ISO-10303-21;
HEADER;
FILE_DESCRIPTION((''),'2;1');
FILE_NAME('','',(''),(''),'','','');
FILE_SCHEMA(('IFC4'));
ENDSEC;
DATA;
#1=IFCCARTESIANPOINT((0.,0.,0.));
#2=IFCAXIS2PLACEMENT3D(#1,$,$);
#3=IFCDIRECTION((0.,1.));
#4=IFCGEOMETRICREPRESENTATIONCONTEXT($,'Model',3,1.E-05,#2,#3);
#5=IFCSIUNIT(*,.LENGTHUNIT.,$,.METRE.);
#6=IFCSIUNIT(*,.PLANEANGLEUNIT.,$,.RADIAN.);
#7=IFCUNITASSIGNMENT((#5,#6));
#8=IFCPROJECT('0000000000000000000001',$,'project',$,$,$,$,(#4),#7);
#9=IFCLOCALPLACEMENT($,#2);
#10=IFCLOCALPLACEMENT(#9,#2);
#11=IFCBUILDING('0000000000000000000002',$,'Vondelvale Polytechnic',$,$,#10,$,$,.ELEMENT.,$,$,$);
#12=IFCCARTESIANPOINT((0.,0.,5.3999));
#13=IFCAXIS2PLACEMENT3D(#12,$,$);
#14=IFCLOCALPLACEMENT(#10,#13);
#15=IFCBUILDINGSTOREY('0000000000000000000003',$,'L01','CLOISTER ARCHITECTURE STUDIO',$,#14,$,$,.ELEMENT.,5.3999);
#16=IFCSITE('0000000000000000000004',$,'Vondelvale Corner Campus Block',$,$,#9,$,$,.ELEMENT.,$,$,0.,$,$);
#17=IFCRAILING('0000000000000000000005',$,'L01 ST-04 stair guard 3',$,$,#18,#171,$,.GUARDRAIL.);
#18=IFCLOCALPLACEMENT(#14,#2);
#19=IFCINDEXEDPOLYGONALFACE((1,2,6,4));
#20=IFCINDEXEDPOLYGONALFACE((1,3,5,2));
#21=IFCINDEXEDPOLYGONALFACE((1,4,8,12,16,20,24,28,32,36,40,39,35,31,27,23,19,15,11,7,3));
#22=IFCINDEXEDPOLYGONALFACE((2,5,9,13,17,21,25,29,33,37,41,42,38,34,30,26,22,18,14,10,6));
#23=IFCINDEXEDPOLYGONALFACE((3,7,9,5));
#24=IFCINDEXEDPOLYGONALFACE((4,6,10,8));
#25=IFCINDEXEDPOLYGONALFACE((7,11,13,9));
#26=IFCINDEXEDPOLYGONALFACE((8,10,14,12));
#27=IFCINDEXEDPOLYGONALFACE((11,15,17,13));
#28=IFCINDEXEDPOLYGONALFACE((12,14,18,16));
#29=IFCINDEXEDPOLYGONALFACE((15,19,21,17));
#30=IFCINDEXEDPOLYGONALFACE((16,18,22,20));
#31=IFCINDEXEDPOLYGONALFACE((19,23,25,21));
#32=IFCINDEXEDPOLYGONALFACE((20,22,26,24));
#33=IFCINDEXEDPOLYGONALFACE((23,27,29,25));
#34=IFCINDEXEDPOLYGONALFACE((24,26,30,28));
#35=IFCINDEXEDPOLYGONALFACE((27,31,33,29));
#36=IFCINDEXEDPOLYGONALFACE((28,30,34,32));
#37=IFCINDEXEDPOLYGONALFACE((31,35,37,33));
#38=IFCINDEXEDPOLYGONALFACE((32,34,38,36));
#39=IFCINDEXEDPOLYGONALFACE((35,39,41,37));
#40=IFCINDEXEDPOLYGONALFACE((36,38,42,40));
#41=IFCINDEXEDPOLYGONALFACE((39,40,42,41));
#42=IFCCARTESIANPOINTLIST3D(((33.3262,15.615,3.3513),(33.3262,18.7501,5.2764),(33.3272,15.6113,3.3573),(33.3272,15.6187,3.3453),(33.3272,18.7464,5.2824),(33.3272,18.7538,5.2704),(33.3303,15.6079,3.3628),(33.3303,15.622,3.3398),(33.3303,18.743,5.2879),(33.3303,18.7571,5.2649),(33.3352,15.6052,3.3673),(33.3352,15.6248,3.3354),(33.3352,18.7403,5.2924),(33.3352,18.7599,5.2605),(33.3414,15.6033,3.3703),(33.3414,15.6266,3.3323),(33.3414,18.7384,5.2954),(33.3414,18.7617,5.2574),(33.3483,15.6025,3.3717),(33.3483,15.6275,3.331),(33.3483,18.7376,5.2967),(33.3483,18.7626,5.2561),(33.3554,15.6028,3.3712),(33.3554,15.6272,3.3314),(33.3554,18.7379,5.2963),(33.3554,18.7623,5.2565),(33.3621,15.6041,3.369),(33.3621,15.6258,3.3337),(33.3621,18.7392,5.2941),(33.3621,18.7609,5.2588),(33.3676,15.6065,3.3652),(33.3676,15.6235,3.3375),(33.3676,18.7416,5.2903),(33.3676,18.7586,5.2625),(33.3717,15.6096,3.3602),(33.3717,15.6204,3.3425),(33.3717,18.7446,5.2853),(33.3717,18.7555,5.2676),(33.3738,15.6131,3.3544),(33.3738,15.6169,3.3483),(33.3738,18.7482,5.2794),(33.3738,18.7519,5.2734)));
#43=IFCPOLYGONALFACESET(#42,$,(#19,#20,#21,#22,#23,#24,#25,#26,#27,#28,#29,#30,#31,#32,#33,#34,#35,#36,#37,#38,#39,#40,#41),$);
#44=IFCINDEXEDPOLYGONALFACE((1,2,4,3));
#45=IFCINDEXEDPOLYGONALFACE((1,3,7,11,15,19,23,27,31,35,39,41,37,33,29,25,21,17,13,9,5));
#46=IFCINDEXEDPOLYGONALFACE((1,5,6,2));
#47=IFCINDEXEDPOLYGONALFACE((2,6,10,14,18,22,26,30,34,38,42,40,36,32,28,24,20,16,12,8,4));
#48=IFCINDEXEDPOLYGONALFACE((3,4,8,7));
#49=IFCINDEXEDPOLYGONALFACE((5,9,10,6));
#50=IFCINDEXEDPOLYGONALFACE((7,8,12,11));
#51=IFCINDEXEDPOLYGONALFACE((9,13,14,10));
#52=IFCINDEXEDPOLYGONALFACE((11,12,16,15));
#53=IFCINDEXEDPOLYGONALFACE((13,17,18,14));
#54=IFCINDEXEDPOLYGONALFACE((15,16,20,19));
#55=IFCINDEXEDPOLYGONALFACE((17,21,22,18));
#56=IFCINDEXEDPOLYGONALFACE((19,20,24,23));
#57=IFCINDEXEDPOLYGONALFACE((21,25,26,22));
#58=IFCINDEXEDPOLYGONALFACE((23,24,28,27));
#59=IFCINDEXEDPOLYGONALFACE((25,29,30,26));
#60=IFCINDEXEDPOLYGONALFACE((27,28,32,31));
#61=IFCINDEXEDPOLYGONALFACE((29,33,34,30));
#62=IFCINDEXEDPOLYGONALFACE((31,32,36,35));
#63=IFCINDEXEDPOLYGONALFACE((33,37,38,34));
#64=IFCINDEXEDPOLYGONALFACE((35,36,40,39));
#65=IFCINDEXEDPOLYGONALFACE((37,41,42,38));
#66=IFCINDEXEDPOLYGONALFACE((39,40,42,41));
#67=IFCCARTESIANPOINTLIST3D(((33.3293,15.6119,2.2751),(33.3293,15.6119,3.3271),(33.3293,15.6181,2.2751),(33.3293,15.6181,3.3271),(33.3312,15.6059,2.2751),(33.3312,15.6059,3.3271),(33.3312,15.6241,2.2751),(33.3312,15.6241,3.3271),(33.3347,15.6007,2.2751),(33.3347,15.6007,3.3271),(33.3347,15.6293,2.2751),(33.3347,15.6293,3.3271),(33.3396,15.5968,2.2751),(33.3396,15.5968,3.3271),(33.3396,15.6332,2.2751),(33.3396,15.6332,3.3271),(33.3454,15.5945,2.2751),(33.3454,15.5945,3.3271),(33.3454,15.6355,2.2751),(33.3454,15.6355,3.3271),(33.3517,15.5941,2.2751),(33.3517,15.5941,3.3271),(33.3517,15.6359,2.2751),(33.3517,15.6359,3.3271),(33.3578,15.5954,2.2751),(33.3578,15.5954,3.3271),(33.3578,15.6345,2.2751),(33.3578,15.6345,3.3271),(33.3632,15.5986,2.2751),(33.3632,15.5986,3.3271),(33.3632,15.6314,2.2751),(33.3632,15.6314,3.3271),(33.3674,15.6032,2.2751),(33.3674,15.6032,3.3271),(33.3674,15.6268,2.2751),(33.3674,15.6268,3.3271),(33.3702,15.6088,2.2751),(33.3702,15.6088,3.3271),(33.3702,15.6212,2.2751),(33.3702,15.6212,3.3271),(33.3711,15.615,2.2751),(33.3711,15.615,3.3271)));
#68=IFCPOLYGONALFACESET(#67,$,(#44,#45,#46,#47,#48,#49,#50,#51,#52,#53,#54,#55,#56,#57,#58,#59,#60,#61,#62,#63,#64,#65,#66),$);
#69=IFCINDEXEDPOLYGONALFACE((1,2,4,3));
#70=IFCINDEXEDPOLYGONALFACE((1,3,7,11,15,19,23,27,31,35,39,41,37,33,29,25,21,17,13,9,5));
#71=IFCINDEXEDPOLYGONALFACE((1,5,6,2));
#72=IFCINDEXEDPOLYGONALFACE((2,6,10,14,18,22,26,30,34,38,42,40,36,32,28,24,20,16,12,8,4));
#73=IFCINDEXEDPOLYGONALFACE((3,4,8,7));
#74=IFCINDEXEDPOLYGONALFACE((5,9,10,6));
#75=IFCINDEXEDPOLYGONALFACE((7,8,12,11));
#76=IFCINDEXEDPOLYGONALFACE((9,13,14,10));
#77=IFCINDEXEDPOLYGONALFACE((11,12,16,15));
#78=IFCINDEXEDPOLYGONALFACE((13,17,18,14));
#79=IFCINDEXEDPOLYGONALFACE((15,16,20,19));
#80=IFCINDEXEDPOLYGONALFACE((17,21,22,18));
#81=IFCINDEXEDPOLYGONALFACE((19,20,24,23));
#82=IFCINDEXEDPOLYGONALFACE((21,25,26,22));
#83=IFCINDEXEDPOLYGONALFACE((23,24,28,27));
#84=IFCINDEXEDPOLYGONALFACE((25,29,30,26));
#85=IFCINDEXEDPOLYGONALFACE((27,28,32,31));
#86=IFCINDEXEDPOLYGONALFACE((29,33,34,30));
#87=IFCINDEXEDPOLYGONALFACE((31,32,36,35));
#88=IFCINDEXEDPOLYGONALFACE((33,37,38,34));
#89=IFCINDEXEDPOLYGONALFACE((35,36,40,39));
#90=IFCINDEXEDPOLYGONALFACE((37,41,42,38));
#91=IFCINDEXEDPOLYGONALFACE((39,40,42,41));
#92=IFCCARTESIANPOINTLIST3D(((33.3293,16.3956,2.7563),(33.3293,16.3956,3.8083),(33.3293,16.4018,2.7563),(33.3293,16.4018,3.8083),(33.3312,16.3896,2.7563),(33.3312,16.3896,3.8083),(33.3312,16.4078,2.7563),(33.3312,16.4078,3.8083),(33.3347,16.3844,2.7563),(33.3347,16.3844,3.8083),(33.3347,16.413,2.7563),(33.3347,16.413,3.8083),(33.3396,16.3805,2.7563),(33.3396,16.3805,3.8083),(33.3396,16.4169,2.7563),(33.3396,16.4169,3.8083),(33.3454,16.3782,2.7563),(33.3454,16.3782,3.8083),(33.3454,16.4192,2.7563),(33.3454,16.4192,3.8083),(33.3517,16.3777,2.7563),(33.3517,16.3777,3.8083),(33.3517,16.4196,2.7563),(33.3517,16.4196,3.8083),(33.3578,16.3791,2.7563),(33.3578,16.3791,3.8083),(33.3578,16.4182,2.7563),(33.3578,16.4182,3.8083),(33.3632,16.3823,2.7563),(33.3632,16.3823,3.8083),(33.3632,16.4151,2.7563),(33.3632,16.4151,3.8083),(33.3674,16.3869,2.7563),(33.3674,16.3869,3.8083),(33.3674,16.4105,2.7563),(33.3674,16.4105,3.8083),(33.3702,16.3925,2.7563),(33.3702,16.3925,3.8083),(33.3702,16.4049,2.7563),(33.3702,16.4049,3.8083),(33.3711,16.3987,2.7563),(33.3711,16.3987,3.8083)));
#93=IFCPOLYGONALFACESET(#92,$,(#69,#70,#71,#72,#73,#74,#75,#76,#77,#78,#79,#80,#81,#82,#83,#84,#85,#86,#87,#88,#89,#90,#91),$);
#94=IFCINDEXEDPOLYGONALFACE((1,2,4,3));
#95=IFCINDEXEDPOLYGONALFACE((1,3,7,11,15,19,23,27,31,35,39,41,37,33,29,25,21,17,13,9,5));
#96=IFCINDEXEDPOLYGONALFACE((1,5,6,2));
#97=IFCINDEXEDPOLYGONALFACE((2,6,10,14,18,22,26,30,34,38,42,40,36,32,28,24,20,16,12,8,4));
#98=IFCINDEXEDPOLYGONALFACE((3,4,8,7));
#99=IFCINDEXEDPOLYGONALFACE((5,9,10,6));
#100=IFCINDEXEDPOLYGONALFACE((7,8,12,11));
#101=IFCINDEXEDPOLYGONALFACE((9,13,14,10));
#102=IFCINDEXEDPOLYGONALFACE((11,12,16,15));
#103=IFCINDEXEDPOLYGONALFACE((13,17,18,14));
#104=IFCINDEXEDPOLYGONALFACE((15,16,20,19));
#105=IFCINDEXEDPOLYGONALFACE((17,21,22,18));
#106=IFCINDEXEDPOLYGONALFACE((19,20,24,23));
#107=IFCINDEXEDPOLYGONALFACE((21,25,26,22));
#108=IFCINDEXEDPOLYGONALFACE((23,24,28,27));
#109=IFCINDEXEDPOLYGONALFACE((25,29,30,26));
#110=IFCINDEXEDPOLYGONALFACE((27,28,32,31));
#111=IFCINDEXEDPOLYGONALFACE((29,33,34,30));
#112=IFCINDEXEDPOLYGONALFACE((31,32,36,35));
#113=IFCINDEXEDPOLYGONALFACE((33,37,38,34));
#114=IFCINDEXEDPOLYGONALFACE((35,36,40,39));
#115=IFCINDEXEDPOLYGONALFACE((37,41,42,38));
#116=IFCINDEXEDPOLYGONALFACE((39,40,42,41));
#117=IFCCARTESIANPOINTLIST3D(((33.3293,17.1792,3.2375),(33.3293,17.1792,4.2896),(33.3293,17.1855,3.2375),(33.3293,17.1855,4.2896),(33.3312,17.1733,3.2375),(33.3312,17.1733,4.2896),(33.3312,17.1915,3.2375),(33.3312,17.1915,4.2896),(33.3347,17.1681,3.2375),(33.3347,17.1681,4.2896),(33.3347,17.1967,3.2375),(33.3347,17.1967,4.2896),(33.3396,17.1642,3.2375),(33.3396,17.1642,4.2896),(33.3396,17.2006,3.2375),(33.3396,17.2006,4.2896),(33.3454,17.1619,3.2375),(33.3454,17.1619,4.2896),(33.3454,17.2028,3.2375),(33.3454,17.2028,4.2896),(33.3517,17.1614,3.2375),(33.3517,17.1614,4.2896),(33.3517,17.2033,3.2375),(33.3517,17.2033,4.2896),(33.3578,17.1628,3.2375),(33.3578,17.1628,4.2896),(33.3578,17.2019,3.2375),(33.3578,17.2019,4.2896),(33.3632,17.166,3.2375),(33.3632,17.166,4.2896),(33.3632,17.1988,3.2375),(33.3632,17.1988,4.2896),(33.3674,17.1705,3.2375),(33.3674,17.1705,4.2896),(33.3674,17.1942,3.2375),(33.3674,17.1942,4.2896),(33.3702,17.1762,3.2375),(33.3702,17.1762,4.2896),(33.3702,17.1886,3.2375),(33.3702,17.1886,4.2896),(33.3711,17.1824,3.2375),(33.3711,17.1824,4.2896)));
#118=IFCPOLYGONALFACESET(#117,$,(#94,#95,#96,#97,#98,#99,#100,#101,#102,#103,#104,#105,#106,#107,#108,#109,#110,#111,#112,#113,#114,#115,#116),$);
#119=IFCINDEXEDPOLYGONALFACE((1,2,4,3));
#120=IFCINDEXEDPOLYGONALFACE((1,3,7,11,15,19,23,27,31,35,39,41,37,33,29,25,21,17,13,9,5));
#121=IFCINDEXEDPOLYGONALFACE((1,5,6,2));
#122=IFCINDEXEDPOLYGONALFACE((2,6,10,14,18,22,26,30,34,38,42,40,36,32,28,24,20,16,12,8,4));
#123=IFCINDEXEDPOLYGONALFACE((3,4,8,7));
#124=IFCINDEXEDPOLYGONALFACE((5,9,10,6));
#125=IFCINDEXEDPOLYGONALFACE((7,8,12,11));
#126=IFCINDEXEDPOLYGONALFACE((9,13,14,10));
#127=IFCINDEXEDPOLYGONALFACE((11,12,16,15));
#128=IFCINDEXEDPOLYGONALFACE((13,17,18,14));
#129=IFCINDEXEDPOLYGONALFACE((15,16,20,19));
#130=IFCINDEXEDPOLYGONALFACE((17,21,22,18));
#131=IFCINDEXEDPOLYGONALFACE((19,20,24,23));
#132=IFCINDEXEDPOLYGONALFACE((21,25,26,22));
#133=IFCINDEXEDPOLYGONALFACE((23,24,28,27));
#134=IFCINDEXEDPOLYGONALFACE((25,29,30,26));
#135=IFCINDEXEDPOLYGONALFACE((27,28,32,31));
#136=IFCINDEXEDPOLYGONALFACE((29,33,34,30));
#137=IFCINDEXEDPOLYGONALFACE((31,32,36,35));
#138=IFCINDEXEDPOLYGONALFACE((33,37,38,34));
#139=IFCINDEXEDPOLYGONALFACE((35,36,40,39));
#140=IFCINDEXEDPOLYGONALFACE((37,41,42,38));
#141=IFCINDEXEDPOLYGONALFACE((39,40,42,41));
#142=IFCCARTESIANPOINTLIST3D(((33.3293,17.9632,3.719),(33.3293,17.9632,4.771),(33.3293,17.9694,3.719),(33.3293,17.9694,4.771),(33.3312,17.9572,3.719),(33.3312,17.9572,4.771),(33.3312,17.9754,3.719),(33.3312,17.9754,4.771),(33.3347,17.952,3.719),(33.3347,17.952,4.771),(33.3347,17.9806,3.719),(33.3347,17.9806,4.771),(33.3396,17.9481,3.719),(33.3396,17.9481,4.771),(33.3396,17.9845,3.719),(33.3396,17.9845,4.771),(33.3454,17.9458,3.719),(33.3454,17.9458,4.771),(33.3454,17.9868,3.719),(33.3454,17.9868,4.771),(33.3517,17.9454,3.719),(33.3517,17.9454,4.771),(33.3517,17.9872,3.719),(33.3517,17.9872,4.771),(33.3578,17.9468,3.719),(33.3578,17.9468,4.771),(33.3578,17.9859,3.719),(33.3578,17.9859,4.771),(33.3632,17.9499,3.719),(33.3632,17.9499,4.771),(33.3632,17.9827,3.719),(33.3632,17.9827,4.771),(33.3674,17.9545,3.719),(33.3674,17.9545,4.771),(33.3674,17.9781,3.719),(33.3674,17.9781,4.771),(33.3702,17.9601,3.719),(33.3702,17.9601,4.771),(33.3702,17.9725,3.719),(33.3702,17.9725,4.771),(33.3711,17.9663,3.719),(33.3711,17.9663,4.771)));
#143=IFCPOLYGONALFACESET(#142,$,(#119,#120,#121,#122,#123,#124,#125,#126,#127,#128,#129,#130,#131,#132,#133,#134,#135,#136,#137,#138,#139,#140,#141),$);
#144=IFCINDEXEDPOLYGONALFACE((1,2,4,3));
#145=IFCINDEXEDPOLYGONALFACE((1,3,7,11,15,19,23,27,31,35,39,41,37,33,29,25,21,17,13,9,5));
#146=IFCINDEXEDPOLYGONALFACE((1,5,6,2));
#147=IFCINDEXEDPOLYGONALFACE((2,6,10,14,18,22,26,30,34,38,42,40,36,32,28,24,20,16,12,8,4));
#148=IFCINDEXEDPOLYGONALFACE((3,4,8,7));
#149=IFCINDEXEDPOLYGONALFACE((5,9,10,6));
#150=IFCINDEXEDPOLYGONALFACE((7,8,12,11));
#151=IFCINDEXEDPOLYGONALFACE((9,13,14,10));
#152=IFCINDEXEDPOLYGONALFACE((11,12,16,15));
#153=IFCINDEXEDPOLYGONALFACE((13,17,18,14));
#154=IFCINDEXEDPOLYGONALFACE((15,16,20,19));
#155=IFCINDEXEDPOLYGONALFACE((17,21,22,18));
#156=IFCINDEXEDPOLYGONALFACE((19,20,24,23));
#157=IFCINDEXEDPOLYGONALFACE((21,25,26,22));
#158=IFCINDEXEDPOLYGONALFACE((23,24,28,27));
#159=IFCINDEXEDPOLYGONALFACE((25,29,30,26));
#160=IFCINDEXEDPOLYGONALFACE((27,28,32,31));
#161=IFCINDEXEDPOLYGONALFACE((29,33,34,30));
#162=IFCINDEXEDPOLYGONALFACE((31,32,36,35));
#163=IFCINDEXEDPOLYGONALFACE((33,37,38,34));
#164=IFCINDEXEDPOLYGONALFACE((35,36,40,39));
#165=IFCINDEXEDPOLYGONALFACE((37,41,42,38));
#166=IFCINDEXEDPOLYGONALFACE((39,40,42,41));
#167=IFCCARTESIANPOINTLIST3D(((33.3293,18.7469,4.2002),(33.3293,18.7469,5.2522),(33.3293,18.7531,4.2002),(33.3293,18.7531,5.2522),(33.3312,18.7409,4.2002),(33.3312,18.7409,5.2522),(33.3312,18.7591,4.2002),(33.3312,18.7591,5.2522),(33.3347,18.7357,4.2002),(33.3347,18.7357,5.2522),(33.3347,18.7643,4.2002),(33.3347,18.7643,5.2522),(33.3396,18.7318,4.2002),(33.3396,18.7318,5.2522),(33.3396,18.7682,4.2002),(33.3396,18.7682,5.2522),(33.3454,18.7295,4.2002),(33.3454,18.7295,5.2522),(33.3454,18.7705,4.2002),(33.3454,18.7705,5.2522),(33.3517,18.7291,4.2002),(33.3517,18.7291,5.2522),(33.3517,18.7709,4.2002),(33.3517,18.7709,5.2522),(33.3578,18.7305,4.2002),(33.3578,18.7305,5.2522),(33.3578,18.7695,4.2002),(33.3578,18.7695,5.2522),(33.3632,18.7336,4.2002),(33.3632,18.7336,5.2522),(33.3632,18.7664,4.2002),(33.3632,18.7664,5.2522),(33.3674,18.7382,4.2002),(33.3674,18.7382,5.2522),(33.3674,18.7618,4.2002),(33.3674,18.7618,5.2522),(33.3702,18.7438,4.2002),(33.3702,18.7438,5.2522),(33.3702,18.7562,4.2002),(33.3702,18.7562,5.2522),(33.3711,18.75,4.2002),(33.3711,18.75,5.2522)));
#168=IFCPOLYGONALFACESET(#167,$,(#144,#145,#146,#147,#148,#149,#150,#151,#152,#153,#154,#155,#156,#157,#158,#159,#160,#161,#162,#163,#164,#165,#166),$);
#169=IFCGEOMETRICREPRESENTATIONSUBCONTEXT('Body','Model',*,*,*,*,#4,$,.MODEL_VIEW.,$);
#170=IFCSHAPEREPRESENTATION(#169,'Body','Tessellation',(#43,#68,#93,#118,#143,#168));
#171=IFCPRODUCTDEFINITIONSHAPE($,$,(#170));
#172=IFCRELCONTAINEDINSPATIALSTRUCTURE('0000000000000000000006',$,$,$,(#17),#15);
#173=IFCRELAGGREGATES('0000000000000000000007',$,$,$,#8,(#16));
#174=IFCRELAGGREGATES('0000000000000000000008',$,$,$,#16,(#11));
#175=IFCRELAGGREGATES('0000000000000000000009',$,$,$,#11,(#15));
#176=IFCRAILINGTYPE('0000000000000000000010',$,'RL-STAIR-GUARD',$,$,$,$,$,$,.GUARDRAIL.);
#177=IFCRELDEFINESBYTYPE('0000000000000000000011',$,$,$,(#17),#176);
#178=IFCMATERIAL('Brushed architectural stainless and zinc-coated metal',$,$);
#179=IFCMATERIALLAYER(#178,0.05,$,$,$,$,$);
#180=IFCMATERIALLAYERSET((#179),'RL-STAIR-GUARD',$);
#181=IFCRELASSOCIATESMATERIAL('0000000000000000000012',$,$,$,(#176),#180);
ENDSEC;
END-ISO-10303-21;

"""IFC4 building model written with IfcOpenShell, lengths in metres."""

from ifc_helpers import new_model, si_unit, direction, frame, origin, origin_2d, place, context, subcontext, project, spatial, circle, extrude, material, layer, layer_set, type_object, element, save


model = new_model("IFC4")

# Units and contexts
model_context = context("Model", 3, precision=1e-05, world=origin(), true_north=direction((0.0, 1.0)))
body_context = subcontext(model_context, "Body", "Model", "MODEL_VIEW")
ifc_project = project(units=[si_unit("LENGTHUNIT", "METRE"), si_unit("PLANEANGLEUNIT", "RADIAN")], contexts=[model_context])

# Site, building, storey
site_placement = place(None, origin())
site = spatial("IfcSite", under=ifc_project, at=site_placement, Name="Vondelvale Corner Campus Block", CompositionType="ELEMENT", RefElevation=0.0)
building_placement = place(site_placement, origin())
building = spatial("IfcBuilding", under=site, at=building_placement, Name="Vondelvale Polytechnic", CompositionType="ELEMENT")
storey_placement = place(building_placement, frame((0.0, 0.0, 5.3999)))
storey = spatial("IfcBuildingStorey", under=building, at=storey_placement, Name="L01", Description="CLOISTER ARCHITECTURE STUDIO", CompositionType="ELEMENT", Elevation=5.3999)

# Railing
ifc_material_1 = material(Name="Brushed architectural stainless and zinc-coated metal")
ifc_layer_1 = layer(ifc_material_1, 0.05)
ifc_layer_set_1 = layer_set([ifc_layer_1], Name="RL-STAIR-GUARD")
railing_type_1 = type_object("IfcRailingType", Name="RL-STAIR-GUARD", PredefinedType="GUARDRAIL", material=ifc_layer_set_1)
railing_1_placement = place(storey_placement, frame((33.3501, 15.615, 2.2751)))
element("IfcRailing", 1, at=railing_1_placement, inside=storey, type_object=railing_type_1, Name="L01 ST-04 stair guard 3", PredefinedType="GUARDRAIL", context=body_context, shape_type="SweptSolid", body=[
    extrude(circle(Radius=0.0239, at=origin_2d()), frame((0.0, 0.0, 1.0762), z_axis=(0.0, 0.852166, 0.523271), x_axis=(-1.0, 0.0, 0.0)), (0.0, 0.0, 1.0), 3.679),
    extrude(circle(Radius=0.021, at=origin_2d()), origin(), (0.0, 0.0, 1.0), 1.052),
    extrude(circle(Radius=0.021, at=origin_2d()), frame((0.0, 0.7837, 0.4812)), (0.0, 0.0, 1.0), 1.052),
    extrude(circle(Radius=0.021, at=origin_2d()), frame((0.0, 1.5674, 0.9624)), (0.0, 0.0, 1.0), 1.052),
    extrude(circle(Radius=0.021, at=origin_2d()), frame((0.0, 2.3513, 1.4438)), (0.0, 0.0, 1.0), 1.052),
    extrude(circle(Radius=0.021, at=origin_2d()), frame((0.0, 3.135, 1.925)), (0.0, 0.0, 1.0), 1.052),
])

save(model, "model.ifc")
